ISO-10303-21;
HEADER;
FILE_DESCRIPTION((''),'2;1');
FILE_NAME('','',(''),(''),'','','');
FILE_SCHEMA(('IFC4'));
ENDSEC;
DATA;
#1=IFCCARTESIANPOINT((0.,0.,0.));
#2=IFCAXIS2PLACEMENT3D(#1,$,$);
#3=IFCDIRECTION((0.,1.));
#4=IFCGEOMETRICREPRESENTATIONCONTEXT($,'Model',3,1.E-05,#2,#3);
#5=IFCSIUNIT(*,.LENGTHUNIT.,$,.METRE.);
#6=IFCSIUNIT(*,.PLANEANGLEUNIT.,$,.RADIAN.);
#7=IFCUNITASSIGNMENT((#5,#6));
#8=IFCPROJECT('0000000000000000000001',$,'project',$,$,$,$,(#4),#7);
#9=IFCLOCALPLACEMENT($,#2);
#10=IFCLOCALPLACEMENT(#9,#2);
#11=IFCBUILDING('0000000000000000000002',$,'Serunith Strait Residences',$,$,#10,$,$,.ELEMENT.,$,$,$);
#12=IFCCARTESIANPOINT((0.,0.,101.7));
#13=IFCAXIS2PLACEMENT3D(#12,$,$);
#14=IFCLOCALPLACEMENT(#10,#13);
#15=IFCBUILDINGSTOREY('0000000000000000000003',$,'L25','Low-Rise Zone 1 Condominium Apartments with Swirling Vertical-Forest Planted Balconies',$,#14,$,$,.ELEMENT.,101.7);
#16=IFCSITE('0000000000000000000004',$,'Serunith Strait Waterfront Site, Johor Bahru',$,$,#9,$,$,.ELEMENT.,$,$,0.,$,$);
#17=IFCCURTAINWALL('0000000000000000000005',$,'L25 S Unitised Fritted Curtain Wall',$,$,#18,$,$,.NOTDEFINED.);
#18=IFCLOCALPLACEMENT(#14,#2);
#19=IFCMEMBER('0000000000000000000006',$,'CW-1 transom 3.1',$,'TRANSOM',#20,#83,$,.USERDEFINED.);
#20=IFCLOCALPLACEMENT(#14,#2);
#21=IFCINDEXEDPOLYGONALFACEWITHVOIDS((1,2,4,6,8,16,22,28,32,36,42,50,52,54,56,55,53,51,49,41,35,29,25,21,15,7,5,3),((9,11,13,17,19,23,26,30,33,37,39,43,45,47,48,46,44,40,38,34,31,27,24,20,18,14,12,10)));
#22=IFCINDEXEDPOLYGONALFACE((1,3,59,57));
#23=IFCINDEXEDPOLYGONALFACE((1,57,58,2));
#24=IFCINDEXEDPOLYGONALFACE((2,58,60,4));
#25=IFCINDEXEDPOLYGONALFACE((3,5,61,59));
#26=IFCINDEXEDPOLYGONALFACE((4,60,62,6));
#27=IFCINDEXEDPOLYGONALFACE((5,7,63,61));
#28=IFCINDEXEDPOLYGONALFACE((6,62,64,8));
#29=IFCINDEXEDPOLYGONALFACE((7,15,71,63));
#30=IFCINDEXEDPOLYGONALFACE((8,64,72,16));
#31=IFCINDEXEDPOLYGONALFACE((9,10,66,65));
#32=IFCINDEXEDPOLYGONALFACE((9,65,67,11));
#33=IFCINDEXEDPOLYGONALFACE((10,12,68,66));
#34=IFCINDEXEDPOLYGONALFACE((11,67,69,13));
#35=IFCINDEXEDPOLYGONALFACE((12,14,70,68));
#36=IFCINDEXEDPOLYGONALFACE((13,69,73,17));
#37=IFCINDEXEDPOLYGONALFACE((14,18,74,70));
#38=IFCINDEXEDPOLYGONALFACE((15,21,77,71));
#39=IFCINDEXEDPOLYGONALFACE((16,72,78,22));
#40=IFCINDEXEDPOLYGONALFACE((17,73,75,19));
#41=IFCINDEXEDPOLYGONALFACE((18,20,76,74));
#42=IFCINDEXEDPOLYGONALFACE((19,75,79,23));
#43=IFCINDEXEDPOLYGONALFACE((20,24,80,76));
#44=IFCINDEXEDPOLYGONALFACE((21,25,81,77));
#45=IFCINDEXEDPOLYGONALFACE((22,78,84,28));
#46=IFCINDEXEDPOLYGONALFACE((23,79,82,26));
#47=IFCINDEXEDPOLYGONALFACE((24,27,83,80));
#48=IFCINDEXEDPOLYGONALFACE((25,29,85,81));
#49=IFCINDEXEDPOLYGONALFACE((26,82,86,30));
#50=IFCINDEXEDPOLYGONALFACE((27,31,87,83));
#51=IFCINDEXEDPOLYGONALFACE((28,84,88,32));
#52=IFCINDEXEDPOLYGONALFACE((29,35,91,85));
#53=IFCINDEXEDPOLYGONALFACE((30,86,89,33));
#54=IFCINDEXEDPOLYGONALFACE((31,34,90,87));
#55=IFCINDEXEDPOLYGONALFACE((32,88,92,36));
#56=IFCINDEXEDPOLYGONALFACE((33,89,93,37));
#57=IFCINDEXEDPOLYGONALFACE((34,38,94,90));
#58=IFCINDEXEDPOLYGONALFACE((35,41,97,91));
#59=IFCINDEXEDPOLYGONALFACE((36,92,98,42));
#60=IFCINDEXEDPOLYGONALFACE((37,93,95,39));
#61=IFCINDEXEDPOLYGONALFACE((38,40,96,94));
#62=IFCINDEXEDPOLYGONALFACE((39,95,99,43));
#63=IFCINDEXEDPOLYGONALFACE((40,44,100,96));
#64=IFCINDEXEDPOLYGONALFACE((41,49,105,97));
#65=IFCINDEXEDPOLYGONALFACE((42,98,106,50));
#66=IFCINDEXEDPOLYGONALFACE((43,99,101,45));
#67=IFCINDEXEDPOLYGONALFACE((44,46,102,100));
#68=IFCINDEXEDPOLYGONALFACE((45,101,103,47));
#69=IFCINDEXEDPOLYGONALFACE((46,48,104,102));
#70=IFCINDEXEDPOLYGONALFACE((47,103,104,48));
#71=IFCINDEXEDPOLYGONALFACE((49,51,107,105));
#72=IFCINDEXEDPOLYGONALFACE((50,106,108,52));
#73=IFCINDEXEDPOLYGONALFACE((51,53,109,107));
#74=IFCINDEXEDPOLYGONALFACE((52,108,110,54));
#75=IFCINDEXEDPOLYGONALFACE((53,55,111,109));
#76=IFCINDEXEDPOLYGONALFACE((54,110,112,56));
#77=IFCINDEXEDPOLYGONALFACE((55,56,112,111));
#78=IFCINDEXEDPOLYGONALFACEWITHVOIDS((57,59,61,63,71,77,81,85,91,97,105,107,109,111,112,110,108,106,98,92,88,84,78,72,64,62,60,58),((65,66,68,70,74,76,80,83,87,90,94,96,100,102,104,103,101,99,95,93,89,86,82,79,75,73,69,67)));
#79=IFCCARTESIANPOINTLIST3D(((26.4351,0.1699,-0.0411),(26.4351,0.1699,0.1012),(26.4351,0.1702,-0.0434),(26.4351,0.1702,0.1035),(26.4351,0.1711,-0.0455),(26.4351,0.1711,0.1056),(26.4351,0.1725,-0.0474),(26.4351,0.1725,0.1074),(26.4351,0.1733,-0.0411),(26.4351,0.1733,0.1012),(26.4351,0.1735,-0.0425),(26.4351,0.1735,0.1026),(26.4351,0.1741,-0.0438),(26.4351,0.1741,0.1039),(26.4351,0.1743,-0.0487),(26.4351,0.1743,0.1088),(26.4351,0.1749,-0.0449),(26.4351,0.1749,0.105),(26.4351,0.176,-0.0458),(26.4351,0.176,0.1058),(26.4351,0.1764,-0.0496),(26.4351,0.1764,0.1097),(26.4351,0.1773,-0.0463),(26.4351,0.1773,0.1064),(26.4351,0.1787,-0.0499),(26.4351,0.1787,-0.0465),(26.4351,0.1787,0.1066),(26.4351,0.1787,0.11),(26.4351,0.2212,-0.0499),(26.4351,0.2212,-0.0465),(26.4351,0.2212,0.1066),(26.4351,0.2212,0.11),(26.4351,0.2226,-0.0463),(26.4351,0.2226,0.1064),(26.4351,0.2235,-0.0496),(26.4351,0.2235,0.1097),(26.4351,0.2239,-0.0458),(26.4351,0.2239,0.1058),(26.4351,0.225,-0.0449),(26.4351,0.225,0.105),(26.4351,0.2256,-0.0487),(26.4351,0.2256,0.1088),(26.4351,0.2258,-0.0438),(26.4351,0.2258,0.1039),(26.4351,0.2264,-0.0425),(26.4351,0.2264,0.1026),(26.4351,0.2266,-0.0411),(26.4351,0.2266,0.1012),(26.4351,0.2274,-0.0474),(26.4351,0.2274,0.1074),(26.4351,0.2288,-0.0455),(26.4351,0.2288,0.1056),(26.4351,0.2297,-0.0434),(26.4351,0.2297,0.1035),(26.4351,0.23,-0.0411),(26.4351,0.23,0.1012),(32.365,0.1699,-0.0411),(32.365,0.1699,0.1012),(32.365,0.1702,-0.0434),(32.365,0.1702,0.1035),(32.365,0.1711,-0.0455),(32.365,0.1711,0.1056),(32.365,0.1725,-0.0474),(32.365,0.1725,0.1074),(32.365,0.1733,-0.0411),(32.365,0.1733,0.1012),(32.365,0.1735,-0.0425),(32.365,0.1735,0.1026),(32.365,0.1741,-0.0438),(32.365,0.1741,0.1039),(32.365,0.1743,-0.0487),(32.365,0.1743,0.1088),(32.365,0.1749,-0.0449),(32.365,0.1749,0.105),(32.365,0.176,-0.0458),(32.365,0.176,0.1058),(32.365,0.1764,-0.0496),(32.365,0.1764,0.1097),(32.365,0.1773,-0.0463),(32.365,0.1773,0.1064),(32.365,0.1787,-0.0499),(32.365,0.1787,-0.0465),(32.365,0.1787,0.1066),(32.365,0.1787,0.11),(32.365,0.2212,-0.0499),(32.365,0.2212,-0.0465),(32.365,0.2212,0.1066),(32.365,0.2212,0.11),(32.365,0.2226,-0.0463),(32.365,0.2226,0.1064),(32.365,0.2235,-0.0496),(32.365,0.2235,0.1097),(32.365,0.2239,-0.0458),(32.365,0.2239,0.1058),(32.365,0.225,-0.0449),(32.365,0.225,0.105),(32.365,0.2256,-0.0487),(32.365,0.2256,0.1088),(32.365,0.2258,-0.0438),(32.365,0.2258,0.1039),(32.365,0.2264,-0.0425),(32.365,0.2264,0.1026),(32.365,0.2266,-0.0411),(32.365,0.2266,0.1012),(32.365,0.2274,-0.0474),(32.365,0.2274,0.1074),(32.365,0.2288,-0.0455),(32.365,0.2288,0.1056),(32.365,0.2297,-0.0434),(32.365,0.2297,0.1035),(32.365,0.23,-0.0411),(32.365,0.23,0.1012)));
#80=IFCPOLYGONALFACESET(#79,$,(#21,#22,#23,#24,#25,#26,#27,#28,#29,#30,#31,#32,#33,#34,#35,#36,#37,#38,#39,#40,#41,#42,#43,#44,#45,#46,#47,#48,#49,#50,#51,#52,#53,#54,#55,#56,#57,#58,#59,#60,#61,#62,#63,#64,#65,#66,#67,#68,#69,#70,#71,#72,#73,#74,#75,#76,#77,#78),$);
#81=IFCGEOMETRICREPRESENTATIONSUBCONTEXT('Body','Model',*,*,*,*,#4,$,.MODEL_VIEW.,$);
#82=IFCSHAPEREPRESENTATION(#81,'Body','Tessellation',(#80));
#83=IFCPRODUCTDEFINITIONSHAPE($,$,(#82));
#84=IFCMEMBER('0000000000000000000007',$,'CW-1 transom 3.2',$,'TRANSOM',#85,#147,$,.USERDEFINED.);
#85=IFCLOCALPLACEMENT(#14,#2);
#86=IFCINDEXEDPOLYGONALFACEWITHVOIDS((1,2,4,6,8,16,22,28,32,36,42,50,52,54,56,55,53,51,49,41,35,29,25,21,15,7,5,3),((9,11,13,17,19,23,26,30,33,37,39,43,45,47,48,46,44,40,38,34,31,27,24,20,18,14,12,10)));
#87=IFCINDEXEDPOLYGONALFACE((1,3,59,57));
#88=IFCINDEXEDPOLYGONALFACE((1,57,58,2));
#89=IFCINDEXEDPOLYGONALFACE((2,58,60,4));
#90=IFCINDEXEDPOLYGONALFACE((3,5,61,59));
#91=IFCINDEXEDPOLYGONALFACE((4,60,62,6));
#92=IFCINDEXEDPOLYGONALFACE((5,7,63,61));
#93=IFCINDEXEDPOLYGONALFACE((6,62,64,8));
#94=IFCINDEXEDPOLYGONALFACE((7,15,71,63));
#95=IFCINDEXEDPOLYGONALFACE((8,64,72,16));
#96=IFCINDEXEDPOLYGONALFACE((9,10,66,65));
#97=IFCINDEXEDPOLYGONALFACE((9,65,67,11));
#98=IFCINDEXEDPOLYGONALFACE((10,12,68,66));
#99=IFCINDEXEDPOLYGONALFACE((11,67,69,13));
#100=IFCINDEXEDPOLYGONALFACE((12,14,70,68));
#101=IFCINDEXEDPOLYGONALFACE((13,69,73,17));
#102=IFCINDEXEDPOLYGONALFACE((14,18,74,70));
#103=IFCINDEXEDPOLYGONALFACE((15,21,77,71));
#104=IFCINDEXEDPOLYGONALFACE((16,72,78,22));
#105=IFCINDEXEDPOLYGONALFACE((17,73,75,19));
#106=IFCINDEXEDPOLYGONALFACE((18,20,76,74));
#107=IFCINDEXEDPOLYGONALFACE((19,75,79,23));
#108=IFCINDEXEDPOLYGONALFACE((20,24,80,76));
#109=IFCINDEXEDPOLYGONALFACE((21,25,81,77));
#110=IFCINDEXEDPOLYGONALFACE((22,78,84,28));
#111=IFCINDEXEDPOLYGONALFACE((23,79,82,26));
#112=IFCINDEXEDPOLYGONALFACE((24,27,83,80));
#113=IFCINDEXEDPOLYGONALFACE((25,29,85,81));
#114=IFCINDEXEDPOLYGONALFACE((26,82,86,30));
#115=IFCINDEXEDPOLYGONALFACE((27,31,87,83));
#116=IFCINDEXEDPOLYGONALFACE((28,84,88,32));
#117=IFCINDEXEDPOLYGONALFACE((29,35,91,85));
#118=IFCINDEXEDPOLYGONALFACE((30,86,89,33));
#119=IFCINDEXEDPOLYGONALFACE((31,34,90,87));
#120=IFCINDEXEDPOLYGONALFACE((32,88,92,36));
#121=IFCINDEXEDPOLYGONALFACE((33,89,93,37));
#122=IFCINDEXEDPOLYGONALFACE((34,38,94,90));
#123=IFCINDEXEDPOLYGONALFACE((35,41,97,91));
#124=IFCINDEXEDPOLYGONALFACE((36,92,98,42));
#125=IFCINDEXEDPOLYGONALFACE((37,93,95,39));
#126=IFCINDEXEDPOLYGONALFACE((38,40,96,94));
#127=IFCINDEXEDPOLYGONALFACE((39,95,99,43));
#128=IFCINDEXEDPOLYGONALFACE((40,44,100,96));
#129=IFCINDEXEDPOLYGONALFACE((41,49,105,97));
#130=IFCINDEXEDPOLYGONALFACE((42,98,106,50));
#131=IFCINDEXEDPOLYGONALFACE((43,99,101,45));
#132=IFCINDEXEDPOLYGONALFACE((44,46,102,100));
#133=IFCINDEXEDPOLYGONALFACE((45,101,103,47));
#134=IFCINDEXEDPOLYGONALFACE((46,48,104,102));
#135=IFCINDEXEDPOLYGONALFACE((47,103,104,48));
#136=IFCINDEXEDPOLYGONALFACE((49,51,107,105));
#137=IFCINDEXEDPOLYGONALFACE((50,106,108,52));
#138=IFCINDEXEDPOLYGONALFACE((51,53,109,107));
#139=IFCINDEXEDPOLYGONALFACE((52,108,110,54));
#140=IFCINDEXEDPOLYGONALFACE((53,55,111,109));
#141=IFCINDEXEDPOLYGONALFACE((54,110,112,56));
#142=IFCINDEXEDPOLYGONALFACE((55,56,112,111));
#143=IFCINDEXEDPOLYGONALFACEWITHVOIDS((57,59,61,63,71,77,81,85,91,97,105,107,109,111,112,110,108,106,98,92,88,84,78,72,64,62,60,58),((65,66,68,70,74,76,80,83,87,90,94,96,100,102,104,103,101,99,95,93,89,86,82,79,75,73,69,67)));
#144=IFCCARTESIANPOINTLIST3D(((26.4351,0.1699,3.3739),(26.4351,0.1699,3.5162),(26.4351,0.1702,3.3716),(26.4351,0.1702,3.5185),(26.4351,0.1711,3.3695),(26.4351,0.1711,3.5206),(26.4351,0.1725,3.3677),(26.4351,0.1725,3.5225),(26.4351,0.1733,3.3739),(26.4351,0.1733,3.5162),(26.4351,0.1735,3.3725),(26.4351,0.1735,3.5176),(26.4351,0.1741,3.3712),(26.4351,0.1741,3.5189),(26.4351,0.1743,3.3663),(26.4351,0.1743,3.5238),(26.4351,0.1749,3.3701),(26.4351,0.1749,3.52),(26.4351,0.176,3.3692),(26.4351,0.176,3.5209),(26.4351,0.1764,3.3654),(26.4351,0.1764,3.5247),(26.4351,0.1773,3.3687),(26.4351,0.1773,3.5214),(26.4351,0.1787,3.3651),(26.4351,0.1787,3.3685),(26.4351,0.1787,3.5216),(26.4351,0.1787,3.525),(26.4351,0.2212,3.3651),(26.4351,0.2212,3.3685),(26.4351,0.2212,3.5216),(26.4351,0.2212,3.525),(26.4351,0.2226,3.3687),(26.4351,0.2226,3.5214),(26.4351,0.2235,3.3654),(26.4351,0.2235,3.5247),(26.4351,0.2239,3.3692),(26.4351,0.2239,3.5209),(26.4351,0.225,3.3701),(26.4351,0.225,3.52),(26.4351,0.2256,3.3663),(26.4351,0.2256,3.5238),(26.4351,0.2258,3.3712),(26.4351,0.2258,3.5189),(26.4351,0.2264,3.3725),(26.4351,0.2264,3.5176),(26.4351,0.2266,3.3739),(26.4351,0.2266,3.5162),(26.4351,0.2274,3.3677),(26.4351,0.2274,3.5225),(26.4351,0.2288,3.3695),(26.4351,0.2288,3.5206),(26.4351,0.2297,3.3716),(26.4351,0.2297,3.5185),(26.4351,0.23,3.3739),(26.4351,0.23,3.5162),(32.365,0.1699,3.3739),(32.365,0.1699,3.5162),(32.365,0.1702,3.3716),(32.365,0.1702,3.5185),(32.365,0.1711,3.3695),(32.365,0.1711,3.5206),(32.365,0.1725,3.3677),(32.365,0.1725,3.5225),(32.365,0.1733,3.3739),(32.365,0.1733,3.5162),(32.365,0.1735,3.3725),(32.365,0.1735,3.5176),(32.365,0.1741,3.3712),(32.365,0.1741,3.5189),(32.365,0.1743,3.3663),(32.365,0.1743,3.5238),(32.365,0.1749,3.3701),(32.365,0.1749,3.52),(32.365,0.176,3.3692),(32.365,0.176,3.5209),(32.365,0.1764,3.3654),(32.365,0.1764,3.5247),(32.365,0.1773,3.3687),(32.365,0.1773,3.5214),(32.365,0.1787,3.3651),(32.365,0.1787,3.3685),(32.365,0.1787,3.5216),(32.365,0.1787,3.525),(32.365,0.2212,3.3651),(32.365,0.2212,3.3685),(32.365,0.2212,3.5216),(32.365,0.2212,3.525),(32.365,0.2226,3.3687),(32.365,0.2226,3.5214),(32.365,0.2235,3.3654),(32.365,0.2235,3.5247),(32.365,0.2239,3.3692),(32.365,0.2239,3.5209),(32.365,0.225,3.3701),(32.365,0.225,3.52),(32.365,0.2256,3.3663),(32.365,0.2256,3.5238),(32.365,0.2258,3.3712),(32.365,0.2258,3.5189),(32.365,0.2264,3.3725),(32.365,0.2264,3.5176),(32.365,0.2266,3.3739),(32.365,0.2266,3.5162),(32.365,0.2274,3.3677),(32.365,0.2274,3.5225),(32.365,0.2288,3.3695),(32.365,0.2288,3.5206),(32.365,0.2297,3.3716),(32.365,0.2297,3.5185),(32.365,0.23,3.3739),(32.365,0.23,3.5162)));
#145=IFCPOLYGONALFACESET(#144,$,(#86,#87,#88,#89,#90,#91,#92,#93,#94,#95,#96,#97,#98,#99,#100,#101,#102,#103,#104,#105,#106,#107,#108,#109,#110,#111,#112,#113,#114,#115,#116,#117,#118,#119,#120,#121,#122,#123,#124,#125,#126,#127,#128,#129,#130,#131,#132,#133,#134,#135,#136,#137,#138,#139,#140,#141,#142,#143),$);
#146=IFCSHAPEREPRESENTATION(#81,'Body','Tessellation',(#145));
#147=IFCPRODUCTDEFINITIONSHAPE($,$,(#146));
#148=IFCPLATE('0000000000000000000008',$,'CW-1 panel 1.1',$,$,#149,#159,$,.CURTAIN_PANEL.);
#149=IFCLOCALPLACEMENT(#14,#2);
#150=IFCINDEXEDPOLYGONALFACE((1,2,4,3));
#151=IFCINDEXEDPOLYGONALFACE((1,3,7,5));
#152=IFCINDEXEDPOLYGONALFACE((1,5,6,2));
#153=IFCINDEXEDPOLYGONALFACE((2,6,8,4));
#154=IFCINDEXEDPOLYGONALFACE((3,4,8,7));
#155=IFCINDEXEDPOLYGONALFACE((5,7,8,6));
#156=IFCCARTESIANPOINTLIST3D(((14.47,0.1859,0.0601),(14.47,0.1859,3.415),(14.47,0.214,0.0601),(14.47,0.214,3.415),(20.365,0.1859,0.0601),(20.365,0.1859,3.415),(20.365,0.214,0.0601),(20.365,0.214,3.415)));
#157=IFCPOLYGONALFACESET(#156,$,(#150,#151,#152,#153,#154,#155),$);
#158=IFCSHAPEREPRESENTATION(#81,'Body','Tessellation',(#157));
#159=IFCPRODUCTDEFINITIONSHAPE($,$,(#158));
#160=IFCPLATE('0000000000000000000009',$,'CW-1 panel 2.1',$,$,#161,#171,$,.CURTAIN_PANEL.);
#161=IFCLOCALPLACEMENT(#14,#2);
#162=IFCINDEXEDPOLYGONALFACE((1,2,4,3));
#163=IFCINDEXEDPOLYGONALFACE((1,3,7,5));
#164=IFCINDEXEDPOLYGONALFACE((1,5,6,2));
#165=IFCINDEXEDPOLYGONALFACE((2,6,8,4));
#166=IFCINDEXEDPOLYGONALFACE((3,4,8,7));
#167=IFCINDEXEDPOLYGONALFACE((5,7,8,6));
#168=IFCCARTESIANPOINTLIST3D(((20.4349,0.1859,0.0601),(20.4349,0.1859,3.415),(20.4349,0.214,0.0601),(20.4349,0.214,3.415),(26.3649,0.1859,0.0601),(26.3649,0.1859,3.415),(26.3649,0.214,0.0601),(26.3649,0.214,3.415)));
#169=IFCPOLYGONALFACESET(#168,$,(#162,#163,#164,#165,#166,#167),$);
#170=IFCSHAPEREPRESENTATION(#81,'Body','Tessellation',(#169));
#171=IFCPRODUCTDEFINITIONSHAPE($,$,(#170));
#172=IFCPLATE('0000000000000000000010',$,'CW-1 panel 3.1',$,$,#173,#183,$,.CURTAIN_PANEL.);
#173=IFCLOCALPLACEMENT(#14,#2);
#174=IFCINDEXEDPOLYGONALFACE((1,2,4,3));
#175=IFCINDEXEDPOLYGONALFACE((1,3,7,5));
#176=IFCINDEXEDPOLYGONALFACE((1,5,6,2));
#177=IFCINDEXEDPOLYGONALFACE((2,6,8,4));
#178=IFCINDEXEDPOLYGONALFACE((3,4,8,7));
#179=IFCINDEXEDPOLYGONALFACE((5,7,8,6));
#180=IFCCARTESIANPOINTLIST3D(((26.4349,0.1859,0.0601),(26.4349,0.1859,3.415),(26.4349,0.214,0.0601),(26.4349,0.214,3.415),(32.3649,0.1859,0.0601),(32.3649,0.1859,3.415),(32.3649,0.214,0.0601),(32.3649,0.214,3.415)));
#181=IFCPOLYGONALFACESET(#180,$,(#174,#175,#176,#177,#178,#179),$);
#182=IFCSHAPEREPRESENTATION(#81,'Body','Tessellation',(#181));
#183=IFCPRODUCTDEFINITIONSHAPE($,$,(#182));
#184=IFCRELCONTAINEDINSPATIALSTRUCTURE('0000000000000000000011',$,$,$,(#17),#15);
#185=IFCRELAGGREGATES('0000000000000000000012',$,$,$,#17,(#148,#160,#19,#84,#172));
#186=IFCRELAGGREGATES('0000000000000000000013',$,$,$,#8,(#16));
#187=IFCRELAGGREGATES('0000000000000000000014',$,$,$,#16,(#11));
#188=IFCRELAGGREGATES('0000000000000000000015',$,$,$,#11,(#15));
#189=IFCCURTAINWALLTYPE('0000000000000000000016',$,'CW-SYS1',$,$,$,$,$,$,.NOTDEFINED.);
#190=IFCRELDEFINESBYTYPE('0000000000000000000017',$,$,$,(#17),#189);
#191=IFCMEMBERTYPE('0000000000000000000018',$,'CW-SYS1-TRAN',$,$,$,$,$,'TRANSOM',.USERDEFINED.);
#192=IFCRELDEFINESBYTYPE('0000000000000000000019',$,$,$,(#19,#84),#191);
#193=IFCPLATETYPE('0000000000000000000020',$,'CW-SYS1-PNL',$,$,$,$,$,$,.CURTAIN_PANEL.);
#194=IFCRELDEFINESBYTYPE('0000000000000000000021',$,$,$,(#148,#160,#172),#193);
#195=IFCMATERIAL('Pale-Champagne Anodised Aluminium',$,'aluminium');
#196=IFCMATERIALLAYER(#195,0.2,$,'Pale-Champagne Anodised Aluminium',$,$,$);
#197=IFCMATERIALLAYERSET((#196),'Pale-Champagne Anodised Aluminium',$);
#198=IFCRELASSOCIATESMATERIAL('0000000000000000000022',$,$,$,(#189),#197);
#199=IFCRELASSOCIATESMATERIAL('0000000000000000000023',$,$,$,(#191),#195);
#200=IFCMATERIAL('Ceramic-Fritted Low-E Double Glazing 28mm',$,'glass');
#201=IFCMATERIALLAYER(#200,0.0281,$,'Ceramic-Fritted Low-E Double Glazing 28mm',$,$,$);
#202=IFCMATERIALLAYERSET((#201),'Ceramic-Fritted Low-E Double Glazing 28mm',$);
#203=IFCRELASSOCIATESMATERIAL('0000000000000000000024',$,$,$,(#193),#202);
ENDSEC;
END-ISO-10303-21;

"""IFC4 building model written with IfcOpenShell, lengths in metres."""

from ifc_helpers import new_model, si_unit, direction, frame, origin, origin_2d, place, context, subcontext, project, spatial, rectangle, hollow_rectangle, extrude, source, transform, mapped, material, layer, layer_set, material_profile, profile_set, type_object, element, aggregate, save


model = new_model("IFC4")

# Units and contexts
model_context = context("Model", 3, precision=1e-05, world=origin(), true_north=direction((0.0, 1.0)))
body_context = subcontext(model_context, "Body", "Model", "MODEL_VIEW")
ifc_project = project(units=[si_unit("LENGTHUNIT", "METRE"), si_unit("PLANEANGLEUNIT", "RADIAN")], contexts=[model_context])

# Site, building, storey
site_placement = place(None, origin())
site = spatial("IfcSite", under=ifc_project, at=site_placement, Name="Serunith Strait Waterfront Site, Johor Bahru", CompositionType="ELEMENT", RefElevation=0.0)
building_placement = place(site_placement, origin())
building = spatial("IfcBuilding", under=site, at=building_placement, Name="Serunith Strait Residences", CompositionType="ELEMENT")
storey_placement = place(building_placement, frame((0.0, 0.0, 101.7)))
storey = spatial("IfcBuildingStorey", under=building, at=storey_placement, Name="L25", Description="Low-Rise Zone 1 Condominium Apartments with Swirling Vertical-Forest Planted Balconies", CompositionType="ELEMENT", Elevation=101.7)

# Curtain wall, members, plates
ifc_material_1 = material(Name="Pale-Champagne Anodised Aluminium", Category="aluminium")
ifc_layer_1 = layer(ifc_material_1, 0.2, Name="Pale-Champagne Anodised Aluminium")
ifc_layer_set_1 = layer_set([ifc_layer_1], Name="Pale-Champagne Anodised Aluminium")
curtain_wall_type = type_object("IfcCurtainWallType", Name="CW-SYS1", PredefinedType="NOTDEFINED", material=ifc_layer_set_1)
curtain_wall_placement = place(storey_placement, origin())
curtain_wall = element("IfcCurtainWall", 1, at=curtain_wall_placement, inside=storey, type_object=curtain_wall_type, Name="L25 S Unitised Fritted Curtain Wall", PredefinedType="NOTDEFINED")
ifc_material_profile_1 = material_profile(ifc_material_1, hollow_rectangle(XDim=0.0601, YDim=0.1599, WallThickness=0.0034, InnerFilletRadius=0.0054, OuterFilletRadius=0.0088, at=origin_2d()), Name="ALU 160x60x3.5")
ifc_profile_set_1 = profile_set([ifc_material_profile_1], Name="Pale-Champagne Anodised Aluminium")
member_type_1 = type_object("IfcMemberType", Name="CW-SYS1-TRAN", ElementType="TRANSOM", PredefinedType="USERDEFINED", material=ifc_profile_set_1)
shared_shape_1 = source(origin(), body_context, "Body", "SweptSolid", [
    extrude(hollow_rectangle(XDim=0.0601, YDim=0.1599, WallThickness=0.0034, InnerFilletRadius=0.0054, OuterFilletRadius=0.0088, at=origin_2d()), origin(), (0.0, 0.0, 1.0), 5.9299),
])
member_1_placement = place(storey_placement, frame((26.4351, 0.2, 0.03), z_axis=(1.0, 0.0, 0.0), x_axis=(0.0, 1.0, 0.0)))
member_1 = element("IfcMember", 2, at=member_1_placement, type_object=member_type_1, Name="CW-1 transom 3.1", ObjectType="TRANSOM", PredefinedType="USERDEFINED", context=body_context, shape_type="MappedRepresentation", body=[
    mapped(shared_shape_1, transform((0.0, 0.0, 0.0), scale=1.0)),
])
member_2_placement = place(storey_placement, frame((26.4351, 0.2, 3.4451), z_axis=(1.0, 0.0, 0.0), x_axis=(0.0, 1.0, 0.0)))
member_2 = element("IfcMember", 3, at=member_2_placement, type_object=member_type_1, Name="CW-1 transom 3.2", ObjectType="TRANSOM", PredefinedType="USERDEFINED", context=body_context, shape_type="MappedRepresentation", body=[
    mapped(shared_shape_1, transform((0.0, 0.0, 0.0), scale=1.0)),
])
ifc_material_2 = material(Name="Ceramic-Fritted Low-E Double Glazing 28mm", Category="glass")
ifc_layer_2 = layer(ifc_material_2, 0.0281, Name="Ceramic-Fritted Low-E Double Glazing 28mm")
ifc_layer_set_2 = layer_set([ifc_layer_2], Name="Ceramic-Fritted Low-E Double Glazing 28mm")
plate_type = type_object("IfcPlateType", Name="CW-SYS1-PNL", PredefinedType="CURTAIN_PANEL", material=ifc_layer_set_2)
shared_shape_2 = source(origin(), body_context, "Body", "SweptSolid", [
    extrude(rectangle(XDim=5.895, YDim=0.0281, at=origin_2d()), origin(), (0.0, 0.0, 1.0), 3.355),
])
plate_1_placement = place(storey_placement, frame((17.4175, 0.2, 0.0601), z_axis=(0.0, 0.0, 1.0), x_axis=(1.0, 0.0, 0.0)))
plate_1 = element("IfcPlate", 4, at=plate_1_placement, type_object=plate_type, Name="CW-1 panel 1.1", PredefinedType="CURTAIN_PANEL", context=body_context, shape_type="MappedRepresentation", body=[
    mapped(shared_shape_2, transform((0.0, 0.0, 0.0), scale=1.0)),
])
shared_shape_3 = source(origin(), body_context, "Body", "SweptSolid", [
    extrude(rectangle(XDim=5.9299, YDim=0.0281, at=origin_2d()), origin(), (0.0, 0.0, 1.0), 3.355),
])
plate_2_placement = place(storey_placement, frame((23.3999, 0.2, 0.0601), z_axis=(0.0, 0.0, 1.0), x_axis=(1.0, 0.0, 0.0)))
plate_2 = element("IfcPlate", 5, at=plate_2_placement, type_object=plate_type, Name="CW-1 panel 2.1", PredefinedType="CURTAIN_PANEL", context=body_context, shape_type="MappedRepresentation", body=[
    mapped(shared_shape_3, transform((0.0, 0.0, 0.0), scale=1.0)),
])
plate_3_placement = place(storey_placement, frame((29.3999, 0.2, 0.0601), z_axis=(0.0, 0.0, 1.0), x_axis=(1.0, 0.0, 0.0)))
plate_3 = element("IfcPlate", 6, at=plate_3_placement, type_object=plate_type, Name="CW-1 panel 3.1", PredefinedType="CURTAIN_PANEL", context=body_context, shape_type="MappedRepresentation", body=[
    mapped(shared_shape_3, transform((0.0, 0.0, 0.0), scale=1.0)),
])
aggregate(curtain_wall, [plate_1, plate_2, member_1, member_2, plate_3])

save(model, "model.ifc")
